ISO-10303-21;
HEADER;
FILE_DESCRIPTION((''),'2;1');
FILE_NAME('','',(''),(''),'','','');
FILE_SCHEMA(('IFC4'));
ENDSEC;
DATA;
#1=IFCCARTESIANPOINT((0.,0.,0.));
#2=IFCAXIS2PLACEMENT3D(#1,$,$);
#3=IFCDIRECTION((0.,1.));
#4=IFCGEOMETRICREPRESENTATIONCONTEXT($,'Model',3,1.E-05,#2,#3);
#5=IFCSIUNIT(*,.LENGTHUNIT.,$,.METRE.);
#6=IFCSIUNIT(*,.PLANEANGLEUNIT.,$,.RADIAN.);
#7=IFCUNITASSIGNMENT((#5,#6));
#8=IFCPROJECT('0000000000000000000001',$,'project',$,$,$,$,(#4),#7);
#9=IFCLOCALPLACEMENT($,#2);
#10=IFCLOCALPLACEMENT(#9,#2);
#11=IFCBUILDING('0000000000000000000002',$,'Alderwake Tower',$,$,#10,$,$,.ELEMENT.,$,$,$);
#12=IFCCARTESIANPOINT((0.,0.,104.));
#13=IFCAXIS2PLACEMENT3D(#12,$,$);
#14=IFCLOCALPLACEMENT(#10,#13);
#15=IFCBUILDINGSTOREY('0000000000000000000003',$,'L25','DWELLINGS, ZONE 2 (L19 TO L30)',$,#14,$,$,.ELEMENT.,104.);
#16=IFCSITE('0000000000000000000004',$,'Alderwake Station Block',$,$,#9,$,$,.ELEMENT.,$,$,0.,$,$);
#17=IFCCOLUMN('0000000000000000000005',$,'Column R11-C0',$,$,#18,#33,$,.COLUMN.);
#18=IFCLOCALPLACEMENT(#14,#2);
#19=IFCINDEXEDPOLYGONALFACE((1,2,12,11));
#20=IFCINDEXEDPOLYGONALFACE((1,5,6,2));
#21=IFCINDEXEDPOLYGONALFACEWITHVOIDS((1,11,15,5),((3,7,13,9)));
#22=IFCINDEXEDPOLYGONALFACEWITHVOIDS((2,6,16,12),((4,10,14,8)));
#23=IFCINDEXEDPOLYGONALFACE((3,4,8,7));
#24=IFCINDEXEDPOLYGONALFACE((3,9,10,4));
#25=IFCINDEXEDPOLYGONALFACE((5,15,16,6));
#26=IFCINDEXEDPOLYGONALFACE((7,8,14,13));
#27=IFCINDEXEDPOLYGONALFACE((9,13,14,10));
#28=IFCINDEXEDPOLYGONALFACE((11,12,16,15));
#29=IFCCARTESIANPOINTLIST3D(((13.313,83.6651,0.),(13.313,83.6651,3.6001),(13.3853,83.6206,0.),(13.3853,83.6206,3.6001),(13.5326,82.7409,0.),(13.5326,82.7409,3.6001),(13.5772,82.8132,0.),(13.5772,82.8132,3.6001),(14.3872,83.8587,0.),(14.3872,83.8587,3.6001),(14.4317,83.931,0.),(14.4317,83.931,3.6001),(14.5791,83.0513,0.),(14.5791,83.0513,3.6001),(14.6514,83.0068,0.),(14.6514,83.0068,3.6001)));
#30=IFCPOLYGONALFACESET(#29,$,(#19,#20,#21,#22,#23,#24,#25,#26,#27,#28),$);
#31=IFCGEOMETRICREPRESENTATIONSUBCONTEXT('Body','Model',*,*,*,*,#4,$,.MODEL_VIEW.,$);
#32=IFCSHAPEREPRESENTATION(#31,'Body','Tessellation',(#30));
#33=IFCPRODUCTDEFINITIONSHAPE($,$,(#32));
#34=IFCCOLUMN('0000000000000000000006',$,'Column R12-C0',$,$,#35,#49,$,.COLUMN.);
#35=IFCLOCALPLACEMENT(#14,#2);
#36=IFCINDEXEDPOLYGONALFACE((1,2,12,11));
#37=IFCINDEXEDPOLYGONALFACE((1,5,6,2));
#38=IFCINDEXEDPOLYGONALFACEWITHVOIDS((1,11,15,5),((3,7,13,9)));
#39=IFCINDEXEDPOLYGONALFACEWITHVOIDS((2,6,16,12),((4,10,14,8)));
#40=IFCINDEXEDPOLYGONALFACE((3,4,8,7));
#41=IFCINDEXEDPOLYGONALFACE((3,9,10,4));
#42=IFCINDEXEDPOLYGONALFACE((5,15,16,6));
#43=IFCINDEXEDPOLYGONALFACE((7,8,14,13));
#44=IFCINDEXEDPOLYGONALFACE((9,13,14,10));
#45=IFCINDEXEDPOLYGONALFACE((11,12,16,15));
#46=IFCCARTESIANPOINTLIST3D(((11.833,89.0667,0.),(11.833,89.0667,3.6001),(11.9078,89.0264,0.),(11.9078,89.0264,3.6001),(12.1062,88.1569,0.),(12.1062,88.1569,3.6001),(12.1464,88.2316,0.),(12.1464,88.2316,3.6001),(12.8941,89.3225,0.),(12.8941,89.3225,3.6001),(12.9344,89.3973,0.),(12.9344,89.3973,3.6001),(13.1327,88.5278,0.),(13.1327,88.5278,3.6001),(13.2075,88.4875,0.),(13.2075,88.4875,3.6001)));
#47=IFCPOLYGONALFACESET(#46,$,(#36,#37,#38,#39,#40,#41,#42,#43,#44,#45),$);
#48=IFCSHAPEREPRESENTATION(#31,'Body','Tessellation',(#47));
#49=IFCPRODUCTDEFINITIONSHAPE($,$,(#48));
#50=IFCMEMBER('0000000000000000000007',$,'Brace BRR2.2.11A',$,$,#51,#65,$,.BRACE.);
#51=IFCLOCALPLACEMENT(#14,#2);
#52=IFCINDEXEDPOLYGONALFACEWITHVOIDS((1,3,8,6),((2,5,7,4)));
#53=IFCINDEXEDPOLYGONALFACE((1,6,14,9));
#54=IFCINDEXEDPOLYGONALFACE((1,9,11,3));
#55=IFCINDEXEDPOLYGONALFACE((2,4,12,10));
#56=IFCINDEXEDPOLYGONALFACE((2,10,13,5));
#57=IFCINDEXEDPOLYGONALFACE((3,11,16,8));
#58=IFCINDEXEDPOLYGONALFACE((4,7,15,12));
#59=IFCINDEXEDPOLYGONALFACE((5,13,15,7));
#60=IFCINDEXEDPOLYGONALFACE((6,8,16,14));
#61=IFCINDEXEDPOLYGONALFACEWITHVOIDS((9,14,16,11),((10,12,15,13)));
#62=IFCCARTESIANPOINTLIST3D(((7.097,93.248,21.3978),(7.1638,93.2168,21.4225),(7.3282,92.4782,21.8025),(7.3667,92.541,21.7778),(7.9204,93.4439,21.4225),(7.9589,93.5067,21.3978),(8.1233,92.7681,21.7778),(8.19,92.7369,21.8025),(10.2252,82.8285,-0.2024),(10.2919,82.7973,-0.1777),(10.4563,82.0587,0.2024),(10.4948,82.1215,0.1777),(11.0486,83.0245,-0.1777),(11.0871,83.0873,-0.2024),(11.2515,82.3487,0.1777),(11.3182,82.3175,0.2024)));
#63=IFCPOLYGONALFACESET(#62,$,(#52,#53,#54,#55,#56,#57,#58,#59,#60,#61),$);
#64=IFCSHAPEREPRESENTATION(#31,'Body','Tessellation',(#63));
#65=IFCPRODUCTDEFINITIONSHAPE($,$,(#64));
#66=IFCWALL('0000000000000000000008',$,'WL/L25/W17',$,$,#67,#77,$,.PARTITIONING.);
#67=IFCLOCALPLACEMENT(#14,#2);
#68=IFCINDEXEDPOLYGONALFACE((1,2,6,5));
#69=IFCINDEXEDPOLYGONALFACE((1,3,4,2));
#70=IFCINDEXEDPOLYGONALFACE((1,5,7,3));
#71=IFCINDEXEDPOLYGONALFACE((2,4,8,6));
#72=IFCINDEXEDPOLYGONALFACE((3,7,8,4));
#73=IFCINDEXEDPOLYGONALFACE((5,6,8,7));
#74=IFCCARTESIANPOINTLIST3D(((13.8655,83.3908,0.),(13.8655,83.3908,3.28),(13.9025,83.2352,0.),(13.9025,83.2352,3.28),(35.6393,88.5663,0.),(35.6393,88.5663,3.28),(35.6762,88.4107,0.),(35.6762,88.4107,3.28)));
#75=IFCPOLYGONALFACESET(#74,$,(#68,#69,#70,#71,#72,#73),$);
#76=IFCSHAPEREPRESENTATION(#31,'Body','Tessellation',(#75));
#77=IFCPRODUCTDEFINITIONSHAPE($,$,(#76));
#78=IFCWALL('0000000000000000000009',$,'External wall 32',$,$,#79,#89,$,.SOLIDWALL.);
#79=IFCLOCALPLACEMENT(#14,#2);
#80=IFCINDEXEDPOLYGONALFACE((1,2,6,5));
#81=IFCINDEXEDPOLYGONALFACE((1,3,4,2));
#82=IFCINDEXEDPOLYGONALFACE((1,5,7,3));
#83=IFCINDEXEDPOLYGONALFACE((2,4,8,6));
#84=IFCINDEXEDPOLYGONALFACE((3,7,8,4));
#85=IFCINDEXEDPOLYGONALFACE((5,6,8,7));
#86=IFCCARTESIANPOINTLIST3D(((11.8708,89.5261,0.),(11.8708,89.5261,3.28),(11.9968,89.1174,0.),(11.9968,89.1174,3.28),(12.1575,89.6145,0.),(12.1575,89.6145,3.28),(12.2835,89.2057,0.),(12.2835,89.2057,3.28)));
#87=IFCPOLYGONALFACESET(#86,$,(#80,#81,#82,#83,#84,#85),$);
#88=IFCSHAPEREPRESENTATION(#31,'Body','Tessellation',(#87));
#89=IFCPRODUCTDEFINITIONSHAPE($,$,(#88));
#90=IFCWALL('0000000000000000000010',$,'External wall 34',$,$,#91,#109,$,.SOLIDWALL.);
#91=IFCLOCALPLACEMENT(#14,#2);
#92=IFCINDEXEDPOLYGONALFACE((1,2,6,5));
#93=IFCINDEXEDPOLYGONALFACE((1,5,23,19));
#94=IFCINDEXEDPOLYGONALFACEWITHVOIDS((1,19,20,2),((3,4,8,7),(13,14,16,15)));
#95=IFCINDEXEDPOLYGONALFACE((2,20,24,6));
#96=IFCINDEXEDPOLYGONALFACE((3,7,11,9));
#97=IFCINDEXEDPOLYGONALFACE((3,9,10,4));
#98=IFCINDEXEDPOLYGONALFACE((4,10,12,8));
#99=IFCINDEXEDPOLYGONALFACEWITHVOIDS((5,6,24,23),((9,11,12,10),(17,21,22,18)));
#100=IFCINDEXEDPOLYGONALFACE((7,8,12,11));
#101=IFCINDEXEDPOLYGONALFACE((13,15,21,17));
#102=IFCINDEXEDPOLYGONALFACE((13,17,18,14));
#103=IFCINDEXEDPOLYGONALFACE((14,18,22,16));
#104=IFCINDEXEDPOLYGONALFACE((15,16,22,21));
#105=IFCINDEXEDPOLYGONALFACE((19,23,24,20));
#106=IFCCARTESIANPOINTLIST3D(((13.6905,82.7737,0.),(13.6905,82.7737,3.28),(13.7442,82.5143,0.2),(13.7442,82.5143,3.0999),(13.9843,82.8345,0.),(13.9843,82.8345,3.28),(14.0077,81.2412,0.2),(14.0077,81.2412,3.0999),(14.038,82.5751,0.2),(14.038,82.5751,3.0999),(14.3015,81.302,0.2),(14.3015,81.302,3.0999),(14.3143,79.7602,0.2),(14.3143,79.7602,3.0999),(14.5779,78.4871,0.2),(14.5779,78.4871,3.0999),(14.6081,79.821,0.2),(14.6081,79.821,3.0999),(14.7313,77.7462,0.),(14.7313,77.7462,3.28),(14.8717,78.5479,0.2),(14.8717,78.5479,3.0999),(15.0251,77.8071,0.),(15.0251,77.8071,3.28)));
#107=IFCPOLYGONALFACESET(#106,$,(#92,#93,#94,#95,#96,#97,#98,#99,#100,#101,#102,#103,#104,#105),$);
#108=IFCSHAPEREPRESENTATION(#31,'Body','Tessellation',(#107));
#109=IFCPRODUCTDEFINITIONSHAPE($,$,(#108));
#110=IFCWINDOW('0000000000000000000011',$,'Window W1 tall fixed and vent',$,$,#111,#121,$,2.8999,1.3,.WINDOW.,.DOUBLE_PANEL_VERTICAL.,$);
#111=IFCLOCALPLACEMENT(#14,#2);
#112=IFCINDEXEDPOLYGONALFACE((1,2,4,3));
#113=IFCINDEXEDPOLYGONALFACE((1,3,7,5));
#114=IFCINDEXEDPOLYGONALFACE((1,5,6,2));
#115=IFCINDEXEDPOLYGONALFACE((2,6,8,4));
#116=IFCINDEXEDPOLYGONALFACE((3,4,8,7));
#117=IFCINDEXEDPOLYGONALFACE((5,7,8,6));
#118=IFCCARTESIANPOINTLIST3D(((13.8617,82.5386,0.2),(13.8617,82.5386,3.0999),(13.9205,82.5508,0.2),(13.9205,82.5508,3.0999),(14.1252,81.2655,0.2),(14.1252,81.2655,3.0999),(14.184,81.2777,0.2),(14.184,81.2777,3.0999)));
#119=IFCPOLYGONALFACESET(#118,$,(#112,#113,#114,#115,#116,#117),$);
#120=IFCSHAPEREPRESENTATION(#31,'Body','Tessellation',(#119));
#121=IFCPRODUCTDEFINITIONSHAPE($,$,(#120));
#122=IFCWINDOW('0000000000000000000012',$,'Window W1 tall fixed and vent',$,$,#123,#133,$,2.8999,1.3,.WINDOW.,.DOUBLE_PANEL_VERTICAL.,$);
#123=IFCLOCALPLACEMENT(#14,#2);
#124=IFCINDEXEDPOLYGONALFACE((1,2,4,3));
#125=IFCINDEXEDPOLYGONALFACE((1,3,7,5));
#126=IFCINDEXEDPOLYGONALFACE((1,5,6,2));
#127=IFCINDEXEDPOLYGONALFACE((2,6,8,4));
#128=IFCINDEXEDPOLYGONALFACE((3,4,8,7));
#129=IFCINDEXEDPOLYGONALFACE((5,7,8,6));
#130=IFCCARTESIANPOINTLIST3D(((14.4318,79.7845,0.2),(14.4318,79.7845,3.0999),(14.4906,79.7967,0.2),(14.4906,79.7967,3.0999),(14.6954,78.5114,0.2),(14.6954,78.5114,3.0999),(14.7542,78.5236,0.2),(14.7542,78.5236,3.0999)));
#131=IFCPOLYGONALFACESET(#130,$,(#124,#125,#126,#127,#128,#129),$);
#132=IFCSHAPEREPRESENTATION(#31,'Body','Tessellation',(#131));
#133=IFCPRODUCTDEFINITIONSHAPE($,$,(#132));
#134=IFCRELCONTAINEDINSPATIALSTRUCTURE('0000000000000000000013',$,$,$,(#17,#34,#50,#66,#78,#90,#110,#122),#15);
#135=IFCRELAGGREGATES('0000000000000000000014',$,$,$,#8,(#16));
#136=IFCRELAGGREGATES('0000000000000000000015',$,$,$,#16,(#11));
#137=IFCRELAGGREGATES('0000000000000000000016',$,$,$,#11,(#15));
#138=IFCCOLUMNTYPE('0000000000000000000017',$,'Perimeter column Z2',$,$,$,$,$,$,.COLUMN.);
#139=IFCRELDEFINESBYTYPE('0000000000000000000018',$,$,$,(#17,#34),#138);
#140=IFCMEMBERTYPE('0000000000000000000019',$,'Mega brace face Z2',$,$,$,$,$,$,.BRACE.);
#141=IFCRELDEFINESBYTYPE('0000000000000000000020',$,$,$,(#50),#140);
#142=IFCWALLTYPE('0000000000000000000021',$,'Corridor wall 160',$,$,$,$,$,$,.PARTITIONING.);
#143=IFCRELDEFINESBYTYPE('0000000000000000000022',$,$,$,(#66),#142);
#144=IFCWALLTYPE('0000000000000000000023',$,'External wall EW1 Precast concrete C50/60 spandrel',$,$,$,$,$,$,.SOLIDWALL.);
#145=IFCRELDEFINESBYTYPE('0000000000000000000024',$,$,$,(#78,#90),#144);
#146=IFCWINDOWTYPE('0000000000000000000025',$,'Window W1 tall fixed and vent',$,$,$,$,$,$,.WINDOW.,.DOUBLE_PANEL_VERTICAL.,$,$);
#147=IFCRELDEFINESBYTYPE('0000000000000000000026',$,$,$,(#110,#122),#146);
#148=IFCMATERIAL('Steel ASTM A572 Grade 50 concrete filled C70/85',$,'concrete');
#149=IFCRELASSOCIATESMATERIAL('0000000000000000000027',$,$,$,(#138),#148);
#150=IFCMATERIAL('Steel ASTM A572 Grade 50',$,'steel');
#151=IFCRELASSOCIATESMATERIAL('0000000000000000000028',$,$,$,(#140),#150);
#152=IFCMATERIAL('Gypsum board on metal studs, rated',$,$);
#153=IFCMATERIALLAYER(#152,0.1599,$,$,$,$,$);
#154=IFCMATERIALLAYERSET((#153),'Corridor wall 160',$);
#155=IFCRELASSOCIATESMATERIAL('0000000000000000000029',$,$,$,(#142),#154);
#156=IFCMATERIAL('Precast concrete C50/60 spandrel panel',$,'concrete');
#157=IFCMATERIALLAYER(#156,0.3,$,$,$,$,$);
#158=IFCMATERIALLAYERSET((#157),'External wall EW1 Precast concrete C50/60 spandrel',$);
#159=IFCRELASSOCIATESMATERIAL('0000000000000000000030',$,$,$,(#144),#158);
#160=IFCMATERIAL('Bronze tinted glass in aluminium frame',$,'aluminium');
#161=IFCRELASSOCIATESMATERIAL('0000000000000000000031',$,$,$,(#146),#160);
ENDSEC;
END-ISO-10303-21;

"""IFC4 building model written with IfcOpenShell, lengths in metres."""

from ifc_helpers import new_model, si_unit, direction, frame, frame_2d, origin, origin_2d, place, context, subcontext, project, spatial, rectangle, hollow_rectangle, extrude, material, layer, layer_set, material_profile, profile_set, type_object, element, fill, save


model = new_model("IFC4")

# Units and contexts
model_context = context("Model", 3, precision=1e-05, world=origin(), true_north=direction((0.0, 1.0)))
body_context = subcontext(model_context, "Body", "Model", "MODEL_VIEW")
ifc_project = project(units=[si_unit("LENGTHUNIT", "METRE"), si_unit("PLANEANGLEUNIT", "RADIAN")], contexts=[model_context])

# Site, building, storey
site_placement = place(None, origin())
site = spatial("IfcSite", under=ifc_project, at=site_placement, Name="Alderwake Station Block", CompositionType="ELEMENT", RefElevation=0.0)
building_placement = place(site_placement, origin())
building = spatial("IfcBuilding", under=site, at=building_placement, Name="Alderwake Tower", CompositionType="ELEMENT")
storey_placement = place(building_placement, frame((0.0, 0.0, 104.0)))
storey = spatial("IfcBuildingStorey", under=building, at=storey_placement, Name="L25", Description="DWELLINGS, ZONE 2 (L19 TO L30)", CompositionType="ELEMENT", Elevation=104.0)

# Columns
ifc_material_1 = material(Name="Steel ASTM A572 Grade 50 concrete filled C70/85", Category="concrete")
ifc_material_profile_1 = material_profile(ifc_material_1, hollow_rectangle(XDim=0.95, YDim=1.1499, WallThickness=0.0601, at=origin_2d()), Name="BOX 1150X950X60")
ifc_profile_set_1 = profile_set([ifc_material_profile_1], Name="Steel ASTM A572 Grade 50 concrete filled C70/85")
column_type = type_object("IfcColumnType", Name="Perimeter column Z2", PredefinedType="COLUMN", material=ifc_profile_set_1)
for number, where, z_axis, x_axis, name in (
    (1, (13.9822, 83.3359, 0.0), (0.0, 0.0, 1.0), (-0.231222, 0.972901, 0.0), "Column R11-C0"),
    (2, (12.5203, 88.7771, 0.0), (0.0, 0.0, 1.0), (-0.287549, 0.957766, 0.0), "Column R12-C0"),
):
    element("IfcColumn", number, at=place(storey_placement, frame(where, z_axis=z_axis, x_axis=x_axis)), inside=storey, type_object=column_type, Name=name, PredefinedType="COLUMN", context=body_context, shape_type="SweptSolid", body=[
        extrude(hollow_rectangle(XDim=0.95, YDim=1.1499, WallThickness=0.0601, at=origin_2d()), origin(), (0.0, 0.0, 1.0), 3.6001),
    ])

# Member
ifc_material_2 = material(Name="Steel ASTM A572 Grade 50", Category="steel")
ifc_material_profile_2 = material_profile(ifc_material_2, hollow_rectangle(XDim=0.8999, YDim=0.8999, WallThickness=0.0549, at=origin_2d()), Name="BOX 900X900X55")
ifc_profile_set_2 = profile_set([ifc_material_profile_2], Name="Steel ASTM A572 Grade 50")
member_type = type_object("IfcMemberType", Name="Mega brace face Z2", PredefinedType="BRACE", material=ifc_profile_set_2)
member_placement = place(storey_placement, frame((10.7717, 82.573, 0.0), z_axis=(-0.129344, 0.430822, 0.89312), x_axis=(-0.957767, -0.287546, 0.0)))
element("IfcMember", 3, at=member_placement, inside=storey, type_object=member_type, Name="Brace BRR2.2.11A", PredefinedType="BRACE", context=body_context, shape_type="SweptSolid", body=[
    extrude(hollow_rectangle(XDim=0.8999, YDim=0.8999, WallThickness=0.0549, at=origin_2d()), origin(), (0.0, 0.0, 1.0), 24.1851),
])

# Walls
ifc_material_3 = material(Name="Gypsum board on metal studs, rated")
ifc_layer_1 = layer(ifc_material_3, 0.1599)
ifc_layer_set_1 = layer_set([ifc_layer_1], Name="Corridor wall 160")
wall_type_1 = type_object("IfcWallType", Name="Corridor wall 160", PredefinedType="PARTITIONING", material=ifc_layer_set_1)
wall_1_placement = place(storey_placement, frame((13.884, 83.313, 0.0), z_axis=(0.0, 0.0, 1.0), x_axis=(0.972893, 0.231254, 0.0)))
element("IfcWall", 4, at=wall_1_placement, inside=storey, type_object=wall_type_1, Name="WL/L25/W17", PredefinedType="PARTITIONING", context=body_context, shape_type="SweptSolid", body=[
    extrude(rectangle(XDim=22.3804, YDim=0.1599, at=frame_2d((11.1902, 0.0))), origin(), (0.0, 0.0, 1.0), 3.28),
])
ifc_material_4 = material(Name="Precast concrete C50/60 spandrel panel", Category="concrete")
ifc_layer_2 = layer(ifc_material_4, 0.3)
ifc_layer_set_2 = layer_set([ifc_layer_2], Name="External wall EW1 Precast concrete C50/60 spandrel")
wall_type_2 = type_object("IfcWallType", Name="External wall EW1 Precast concrete C50/60 spandrel", PredefinedType="SOLIDWALL", material=ifc_layer_set_2)
wall_2_placement = place(storey_placement, frame((12.0142, 89.5703, 0.0), z_axis=(0.0, 0.0, 1.0), x_axis=(0.294567, -0.955631, 0.0)))
element("IfcWall", 5, at=wall_2_placement, inside=storey, type_object=wall_type_2, Name="External wall 32", PredefinedType="SOLIDWALL", context=body_context, shape_type="SweptSolid", body=[
    extrude(rectangle(XDim=0.4277, YDim=0.3, at=frame_2d((0.2139, 0.0))), origin(), (0.0, 0.0, 1.0), 3.28),
])

# Shared definitions
ifc_material_5 = material(Name="Bronze tinted glass in aluminium frame", Category="aluminium")
window_type = type_object("IfcWindowType", Name="Window W1 tall fixed and vent", PartitioningType="DOUBLE_PANEL_VERTICAL", PredefinedType="WINDOW", material=ifc_material_5)

# Wall, openings, windows
wall_3_placement = place(storey_placement, frame((13.8374, 82.804, 0.0), z_axis=(0.0, 0.0, 1.0), x_axis=(0.202724, -0.979236, 0.0)))
wall_3 = element("IfcWall", 6, at=wall_3_placement, inside=storey, type_object=wall_type_2, Name="External wall 34", PredefinedType="SOLIDWALL", context=body_context, shape_type="SweptSolid", body=[
    extrude(rectangle(XDim=5.134, YDim=0.3, at=frame_2d((2.5669, 0.0))), origin(), (0.0, 0.0, 1.0), 3.28),
])
opening_1_placement = place(wall_3_placement, frame((0.2649, 0.0, 0.2)))
opening_1 = element("IfcOpeningElement", 7, at=opening_1_placement, cuts=wall_3, PredefinedType="OPENING", context=body_context, shape_type="SweptSolid", body=[
    extrude(rectangle(XDim=1.3, YDim=2.8999, at=frame_2d((0.6499, 1.45))), frame((0.0, 0.1599, 0.0), z_axis=(0.0, -1.0, 0.0), x_axis=(1.0, 0.0, 0.0)), (0.0, 0.0, 1.0), 0.3201),
])
opening_2_placement = place(wall_3_placement, frame((3.0774, 0.0, 0.2)))
opening_2 = element("IfcOpeningElement", 8, at=opening_2_placement, cuts=wall_3, PredefinedType="OPENING", context=body_context, shape_type="SweptSolid", body=[
    extrude(rectangle(XDim=1.3, YDim=2.8999, at=frame_2d((0.6499, 1.45))), frame((0.0, 0.1599, 0.0), z_axis=(0.0, -1.0, 0.0), x_axis=(1.0, 0.0, 0.0)), (0.0, 0.0, 1.0), 0.3201),
])
window_1_placement = place(opening_1_placement, origin())
window_1 = element("IfcWindow", 9, at=window_1_placement, inside=storey, type_object=window_type, Name="Window W1 tall fixed and vent", OverallHeight=2.8999, OverallWidth=1.3, PartitioningType="DOUBLE_PANEL_VERTICAL", PredefinedType="WINDOW", context=body_context, shape_type="SweptSolid", body=[
    extrude(rectangle(XDim=1.3, YDim=2.8999, at=frame_2d((0.6499, 1.45))), frame((0.0, 0.03, 0.0), z_axis=(0.0, -1.0, 0.0), x_axis=(1.0, 0.0, 0.0)), (0.0, 0.0, 1.0), 0.0601),
])
fill(opening_1, window_1)
window_2_placement = place(opening_2_placement, origin())
window_2 = element("IfcWindow", 10, at=window_2_placement, inside=storey, type_object=window_type, Name="Window W1 tall fixed and vent", OverallHeight=2.8999, OverallWidth=1.3, PartitioningType="DOUBLE_PANEL_VERTICAL", PredefinedType="WINDOW", context=body_context, shape_type="SweptSolid", body=[
    extrude(rectangle(XDim=1.3, YDim=2.8999, at=frame_2d((0.6499, 1.45))), frame((0.0, 0.03, 0.0), z_axis=(0.0, -1.0, 0.0), x_axis=(1.0, 0.0, 0.0)), (0.0, 0.0, 1.0), 0.0601),
])
fill(opening_2, window_2)

save(model, "model.ifc")
